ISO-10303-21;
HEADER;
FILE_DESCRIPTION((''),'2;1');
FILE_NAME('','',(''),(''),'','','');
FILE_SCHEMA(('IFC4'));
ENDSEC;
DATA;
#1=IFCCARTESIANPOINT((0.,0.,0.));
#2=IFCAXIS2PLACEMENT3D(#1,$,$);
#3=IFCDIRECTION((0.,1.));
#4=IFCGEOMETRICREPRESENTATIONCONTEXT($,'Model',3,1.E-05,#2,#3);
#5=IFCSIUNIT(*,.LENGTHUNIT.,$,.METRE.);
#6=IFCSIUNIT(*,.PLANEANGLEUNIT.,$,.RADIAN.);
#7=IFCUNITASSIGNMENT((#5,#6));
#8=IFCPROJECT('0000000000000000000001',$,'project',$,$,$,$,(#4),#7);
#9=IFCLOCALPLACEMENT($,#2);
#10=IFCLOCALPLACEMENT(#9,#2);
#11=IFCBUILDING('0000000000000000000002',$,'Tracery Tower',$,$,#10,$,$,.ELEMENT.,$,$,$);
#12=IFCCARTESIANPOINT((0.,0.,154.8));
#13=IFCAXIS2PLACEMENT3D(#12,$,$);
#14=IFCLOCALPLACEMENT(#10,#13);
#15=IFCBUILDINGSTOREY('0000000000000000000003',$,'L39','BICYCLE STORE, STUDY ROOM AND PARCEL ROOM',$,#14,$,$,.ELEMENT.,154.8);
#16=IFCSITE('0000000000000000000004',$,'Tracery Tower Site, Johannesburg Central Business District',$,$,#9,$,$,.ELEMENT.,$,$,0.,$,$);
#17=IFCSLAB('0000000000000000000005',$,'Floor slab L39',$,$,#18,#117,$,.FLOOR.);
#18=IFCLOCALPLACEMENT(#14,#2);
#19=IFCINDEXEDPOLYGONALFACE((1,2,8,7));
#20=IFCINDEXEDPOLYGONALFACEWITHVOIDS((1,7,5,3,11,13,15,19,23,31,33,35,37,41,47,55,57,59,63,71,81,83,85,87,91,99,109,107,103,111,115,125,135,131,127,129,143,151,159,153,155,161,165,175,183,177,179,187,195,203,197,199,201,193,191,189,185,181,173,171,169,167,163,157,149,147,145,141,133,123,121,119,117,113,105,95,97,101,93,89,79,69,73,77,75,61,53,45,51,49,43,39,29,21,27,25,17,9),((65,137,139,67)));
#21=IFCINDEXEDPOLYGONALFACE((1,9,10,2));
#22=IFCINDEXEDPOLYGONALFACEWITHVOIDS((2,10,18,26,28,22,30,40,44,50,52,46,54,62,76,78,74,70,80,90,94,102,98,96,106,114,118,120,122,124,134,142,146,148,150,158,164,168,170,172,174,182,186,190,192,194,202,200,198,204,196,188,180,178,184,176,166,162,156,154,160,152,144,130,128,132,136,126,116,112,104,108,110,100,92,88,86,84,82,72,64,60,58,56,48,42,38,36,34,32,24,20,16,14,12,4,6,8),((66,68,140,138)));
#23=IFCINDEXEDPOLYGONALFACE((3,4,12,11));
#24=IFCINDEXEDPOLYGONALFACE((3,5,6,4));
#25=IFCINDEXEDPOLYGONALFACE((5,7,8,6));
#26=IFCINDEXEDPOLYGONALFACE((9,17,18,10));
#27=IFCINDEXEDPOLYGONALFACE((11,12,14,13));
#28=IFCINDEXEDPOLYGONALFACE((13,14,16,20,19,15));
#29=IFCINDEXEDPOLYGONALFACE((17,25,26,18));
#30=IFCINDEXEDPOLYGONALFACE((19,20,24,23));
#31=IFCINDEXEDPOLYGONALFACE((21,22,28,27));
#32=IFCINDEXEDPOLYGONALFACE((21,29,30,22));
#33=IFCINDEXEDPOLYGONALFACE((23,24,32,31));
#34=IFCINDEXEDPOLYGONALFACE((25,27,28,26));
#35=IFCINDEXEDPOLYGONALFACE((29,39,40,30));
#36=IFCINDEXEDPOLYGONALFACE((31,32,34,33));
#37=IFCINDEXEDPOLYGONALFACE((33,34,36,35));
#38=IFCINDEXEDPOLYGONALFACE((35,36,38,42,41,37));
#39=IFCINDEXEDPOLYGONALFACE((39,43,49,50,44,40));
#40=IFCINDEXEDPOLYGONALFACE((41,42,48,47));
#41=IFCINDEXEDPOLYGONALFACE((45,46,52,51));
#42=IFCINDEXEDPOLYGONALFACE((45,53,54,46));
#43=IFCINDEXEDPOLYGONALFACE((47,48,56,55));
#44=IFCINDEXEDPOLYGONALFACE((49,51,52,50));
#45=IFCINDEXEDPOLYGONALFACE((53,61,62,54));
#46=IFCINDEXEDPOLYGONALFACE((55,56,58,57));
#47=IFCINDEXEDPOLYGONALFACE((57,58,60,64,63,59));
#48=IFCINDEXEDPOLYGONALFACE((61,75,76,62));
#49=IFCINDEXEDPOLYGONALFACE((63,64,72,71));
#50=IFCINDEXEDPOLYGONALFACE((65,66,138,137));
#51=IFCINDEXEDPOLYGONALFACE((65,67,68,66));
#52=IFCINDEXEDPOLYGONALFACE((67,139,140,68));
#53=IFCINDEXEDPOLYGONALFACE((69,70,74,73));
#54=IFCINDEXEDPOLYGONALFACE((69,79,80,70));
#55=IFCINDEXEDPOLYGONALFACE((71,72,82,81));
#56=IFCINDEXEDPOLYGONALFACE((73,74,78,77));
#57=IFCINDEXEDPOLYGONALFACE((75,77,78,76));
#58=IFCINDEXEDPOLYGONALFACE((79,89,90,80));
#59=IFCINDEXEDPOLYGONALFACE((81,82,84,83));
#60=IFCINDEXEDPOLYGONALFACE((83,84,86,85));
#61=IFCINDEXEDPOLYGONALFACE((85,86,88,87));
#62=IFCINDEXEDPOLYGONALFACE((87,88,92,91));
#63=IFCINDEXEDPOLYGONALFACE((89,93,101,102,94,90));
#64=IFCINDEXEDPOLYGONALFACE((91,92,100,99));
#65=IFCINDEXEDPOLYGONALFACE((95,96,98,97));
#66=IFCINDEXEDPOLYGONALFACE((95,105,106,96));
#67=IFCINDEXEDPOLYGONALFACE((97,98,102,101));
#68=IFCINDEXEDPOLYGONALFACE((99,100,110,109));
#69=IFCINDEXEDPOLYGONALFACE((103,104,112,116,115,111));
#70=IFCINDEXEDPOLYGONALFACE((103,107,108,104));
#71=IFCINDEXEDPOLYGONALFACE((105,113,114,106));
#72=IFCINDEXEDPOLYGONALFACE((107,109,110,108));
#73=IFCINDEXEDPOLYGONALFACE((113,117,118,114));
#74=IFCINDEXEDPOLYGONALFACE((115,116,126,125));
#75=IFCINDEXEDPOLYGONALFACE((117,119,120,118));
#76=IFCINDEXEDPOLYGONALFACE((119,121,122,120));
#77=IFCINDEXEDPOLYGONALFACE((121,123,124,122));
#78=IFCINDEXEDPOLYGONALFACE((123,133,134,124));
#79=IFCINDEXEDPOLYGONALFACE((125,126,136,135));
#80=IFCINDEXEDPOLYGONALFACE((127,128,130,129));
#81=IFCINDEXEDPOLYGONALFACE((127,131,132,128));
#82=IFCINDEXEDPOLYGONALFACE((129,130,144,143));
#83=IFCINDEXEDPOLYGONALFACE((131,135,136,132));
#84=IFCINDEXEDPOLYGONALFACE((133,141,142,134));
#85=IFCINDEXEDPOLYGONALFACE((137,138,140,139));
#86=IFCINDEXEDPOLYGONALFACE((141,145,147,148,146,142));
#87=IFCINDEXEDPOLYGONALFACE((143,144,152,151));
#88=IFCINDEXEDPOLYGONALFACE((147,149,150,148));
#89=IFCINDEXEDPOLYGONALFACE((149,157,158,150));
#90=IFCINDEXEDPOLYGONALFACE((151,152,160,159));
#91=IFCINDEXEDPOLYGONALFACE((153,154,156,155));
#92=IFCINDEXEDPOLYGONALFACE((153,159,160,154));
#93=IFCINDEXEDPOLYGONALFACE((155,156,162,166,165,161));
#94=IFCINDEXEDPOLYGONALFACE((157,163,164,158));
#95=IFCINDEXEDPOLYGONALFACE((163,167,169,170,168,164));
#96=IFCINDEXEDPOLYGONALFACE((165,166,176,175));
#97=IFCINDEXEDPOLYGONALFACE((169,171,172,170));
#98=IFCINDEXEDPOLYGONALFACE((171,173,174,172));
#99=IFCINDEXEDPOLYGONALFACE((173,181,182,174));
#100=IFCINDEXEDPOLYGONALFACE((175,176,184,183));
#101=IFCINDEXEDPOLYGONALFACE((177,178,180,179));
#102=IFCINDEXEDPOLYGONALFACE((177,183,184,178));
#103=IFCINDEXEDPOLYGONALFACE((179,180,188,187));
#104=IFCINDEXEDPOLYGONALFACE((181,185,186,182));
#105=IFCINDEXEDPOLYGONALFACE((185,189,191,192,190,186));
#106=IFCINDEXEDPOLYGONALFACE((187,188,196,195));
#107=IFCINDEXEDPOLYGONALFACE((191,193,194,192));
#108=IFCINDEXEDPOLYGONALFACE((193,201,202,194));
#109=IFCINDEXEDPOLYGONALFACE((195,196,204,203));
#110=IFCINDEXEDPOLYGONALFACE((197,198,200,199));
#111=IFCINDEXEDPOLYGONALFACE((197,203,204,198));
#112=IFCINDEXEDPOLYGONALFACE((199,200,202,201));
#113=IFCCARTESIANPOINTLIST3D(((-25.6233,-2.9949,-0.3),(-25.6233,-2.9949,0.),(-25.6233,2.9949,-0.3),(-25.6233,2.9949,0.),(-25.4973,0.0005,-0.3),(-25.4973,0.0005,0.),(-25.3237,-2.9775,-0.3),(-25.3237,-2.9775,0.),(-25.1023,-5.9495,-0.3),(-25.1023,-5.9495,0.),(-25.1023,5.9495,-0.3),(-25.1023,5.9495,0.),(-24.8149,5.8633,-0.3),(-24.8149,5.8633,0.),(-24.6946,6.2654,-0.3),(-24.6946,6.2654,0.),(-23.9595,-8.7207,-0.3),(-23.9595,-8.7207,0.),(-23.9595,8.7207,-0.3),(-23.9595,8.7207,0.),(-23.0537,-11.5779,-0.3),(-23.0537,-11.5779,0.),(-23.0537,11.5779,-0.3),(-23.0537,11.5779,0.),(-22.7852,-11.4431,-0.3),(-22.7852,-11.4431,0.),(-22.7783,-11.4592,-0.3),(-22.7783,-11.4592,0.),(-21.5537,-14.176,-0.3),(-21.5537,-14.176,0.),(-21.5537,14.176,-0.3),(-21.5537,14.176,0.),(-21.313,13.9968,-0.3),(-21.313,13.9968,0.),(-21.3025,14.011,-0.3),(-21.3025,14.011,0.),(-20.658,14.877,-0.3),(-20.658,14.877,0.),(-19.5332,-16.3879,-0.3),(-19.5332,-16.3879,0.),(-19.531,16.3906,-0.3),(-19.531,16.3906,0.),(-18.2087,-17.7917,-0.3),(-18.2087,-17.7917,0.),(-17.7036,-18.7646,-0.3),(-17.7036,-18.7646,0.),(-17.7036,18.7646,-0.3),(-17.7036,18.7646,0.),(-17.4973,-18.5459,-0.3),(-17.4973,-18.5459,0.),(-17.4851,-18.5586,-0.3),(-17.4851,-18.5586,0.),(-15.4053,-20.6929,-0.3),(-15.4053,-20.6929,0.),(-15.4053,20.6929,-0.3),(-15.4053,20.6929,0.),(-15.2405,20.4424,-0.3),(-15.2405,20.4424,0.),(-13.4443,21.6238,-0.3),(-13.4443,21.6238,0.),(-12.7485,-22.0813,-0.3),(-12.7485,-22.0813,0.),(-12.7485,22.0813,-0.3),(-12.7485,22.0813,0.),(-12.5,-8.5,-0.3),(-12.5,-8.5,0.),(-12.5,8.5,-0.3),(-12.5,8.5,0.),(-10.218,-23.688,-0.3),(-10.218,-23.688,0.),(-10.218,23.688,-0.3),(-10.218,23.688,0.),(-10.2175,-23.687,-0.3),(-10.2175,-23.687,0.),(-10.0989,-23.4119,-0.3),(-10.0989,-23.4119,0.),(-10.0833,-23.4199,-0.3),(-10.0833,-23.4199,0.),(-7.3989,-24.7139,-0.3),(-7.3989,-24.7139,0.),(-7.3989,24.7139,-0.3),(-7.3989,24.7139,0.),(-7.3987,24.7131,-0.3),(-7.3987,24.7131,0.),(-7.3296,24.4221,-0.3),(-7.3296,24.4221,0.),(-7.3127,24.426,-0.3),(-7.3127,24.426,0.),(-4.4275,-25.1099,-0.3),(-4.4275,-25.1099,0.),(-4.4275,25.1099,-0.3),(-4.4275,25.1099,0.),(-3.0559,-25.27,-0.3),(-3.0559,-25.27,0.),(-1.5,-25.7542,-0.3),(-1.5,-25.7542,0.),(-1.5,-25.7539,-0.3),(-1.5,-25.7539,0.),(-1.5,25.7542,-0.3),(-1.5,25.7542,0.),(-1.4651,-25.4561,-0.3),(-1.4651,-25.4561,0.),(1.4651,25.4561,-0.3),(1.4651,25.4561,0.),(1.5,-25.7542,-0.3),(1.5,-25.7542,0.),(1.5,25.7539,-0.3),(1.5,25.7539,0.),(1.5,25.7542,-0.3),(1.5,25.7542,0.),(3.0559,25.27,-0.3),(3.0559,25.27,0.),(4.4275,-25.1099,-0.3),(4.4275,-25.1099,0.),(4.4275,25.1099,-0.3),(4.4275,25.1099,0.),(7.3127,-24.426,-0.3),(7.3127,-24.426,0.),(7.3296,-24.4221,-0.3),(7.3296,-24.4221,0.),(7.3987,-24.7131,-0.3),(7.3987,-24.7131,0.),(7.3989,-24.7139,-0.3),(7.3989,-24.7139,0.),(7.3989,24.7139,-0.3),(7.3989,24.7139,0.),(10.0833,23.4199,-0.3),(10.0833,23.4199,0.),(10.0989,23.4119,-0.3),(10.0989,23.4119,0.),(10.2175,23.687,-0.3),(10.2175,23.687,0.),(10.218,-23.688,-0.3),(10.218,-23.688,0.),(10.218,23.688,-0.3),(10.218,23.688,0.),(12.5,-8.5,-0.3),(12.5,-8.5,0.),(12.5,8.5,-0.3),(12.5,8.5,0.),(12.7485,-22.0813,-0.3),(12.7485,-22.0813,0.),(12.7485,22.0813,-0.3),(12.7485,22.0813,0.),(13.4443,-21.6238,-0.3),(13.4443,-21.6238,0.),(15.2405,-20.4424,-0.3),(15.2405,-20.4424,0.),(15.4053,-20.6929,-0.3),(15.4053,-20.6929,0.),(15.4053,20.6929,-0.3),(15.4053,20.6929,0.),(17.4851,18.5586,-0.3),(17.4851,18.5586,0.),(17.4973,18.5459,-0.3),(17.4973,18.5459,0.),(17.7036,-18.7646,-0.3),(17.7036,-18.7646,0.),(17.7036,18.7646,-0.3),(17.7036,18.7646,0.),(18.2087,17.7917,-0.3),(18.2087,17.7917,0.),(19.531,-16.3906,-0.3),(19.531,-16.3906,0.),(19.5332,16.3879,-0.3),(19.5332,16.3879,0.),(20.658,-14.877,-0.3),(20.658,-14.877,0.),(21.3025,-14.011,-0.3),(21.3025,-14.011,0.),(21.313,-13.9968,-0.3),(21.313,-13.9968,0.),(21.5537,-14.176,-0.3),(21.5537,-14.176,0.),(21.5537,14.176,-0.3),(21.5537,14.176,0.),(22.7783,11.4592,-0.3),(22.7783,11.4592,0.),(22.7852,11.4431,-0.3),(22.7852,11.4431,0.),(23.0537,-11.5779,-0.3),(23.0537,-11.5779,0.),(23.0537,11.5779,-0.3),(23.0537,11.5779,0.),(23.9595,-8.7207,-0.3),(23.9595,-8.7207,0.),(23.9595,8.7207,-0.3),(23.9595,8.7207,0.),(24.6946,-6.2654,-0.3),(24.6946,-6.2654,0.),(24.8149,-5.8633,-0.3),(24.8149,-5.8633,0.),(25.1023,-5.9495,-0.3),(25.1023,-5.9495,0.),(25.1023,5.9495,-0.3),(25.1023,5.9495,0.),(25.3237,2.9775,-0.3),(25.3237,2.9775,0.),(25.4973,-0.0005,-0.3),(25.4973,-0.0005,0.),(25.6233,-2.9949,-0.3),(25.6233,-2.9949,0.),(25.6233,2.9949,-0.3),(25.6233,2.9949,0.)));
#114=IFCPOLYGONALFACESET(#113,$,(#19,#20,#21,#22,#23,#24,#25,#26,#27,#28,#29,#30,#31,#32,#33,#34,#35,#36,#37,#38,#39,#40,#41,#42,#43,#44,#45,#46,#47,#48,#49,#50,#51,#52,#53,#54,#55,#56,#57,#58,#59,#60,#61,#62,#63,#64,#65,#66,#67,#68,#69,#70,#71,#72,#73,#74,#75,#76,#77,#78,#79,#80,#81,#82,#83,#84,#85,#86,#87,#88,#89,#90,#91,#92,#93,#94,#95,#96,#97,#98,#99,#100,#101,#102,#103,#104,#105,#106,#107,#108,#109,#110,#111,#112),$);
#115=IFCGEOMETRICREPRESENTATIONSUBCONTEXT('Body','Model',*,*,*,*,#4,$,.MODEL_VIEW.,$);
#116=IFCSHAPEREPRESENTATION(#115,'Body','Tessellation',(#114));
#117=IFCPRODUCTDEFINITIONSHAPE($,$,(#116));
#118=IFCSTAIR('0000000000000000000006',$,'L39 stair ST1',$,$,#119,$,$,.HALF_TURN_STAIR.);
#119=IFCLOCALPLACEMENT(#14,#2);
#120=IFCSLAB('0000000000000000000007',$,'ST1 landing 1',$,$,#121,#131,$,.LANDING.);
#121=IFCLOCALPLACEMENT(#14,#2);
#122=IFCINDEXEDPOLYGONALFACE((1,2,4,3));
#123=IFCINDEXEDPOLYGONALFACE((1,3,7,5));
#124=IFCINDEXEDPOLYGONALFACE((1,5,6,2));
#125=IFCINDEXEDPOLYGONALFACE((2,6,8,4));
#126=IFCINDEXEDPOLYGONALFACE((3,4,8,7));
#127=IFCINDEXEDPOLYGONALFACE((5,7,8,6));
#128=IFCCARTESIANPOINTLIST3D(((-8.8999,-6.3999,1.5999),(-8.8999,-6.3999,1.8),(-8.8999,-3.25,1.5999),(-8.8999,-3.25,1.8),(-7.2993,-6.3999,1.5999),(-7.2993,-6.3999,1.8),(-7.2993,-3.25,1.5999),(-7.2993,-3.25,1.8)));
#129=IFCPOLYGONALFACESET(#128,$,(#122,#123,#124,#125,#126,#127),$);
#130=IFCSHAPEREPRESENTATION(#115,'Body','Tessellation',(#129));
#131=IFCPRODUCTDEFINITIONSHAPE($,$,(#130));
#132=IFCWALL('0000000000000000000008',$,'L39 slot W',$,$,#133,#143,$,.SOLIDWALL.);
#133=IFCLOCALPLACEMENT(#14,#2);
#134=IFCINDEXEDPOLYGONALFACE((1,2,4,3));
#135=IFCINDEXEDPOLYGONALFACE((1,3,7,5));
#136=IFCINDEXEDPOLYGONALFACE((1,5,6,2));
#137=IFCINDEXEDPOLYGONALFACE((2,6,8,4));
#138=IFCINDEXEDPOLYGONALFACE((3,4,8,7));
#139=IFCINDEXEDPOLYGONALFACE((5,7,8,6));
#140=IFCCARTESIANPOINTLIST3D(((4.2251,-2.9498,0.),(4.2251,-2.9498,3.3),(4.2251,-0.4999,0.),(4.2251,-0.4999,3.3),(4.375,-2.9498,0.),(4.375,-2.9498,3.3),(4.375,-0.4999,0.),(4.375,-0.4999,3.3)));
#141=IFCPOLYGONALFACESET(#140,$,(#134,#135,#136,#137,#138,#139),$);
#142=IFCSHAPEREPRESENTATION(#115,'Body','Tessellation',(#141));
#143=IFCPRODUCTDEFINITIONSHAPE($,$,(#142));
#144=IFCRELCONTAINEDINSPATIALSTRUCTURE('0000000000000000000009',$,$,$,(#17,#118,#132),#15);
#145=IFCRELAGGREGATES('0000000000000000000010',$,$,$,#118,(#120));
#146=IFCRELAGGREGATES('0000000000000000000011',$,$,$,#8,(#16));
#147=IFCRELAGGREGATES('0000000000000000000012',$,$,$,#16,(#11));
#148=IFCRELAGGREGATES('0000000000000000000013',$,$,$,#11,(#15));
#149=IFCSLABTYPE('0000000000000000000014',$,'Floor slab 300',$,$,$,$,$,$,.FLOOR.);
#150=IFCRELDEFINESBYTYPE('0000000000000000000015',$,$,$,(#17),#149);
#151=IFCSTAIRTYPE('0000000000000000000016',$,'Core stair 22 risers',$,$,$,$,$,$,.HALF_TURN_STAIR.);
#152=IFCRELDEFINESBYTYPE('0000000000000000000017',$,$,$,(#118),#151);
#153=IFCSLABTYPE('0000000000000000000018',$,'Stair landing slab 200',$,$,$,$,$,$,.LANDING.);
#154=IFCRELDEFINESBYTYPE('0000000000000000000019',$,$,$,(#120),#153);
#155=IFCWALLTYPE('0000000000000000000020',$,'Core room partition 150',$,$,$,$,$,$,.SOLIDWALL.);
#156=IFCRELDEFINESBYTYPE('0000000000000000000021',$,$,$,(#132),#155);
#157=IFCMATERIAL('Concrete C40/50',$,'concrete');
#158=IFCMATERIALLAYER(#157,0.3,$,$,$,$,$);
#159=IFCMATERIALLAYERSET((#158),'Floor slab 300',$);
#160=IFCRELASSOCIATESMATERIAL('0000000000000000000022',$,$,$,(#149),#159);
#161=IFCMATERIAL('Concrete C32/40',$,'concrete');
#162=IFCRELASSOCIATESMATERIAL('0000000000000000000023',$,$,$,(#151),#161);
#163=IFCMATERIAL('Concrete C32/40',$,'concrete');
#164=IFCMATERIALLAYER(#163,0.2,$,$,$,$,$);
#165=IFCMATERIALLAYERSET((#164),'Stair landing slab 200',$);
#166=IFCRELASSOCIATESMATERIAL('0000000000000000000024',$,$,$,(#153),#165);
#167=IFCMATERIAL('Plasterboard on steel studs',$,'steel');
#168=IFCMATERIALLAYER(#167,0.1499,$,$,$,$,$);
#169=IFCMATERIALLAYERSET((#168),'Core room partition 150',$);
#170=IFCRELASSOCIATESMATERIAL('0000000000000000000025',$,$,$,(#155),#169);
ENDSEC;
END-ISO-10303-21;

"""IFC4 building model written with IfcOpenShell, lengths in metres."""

from ifc_helpers import new_model, si_unit, direction, frame, frame_2d, origin, place, context, subcontext, project, spatial, polyline, rectangle, outline, extrude, material, layer, layer_set, type_object, element, aggregate, save


model = new_model("IFC4")

# Units and contexts
model_context = context("Model", 3, precision=1e-05, world=origin(), true_north=direction((0.0, 1.0)))
body_context = subcontext(model_context, "Body", "Model", "MODEL_VIEW")
ifc_project = project(units=[si_unit("LENGTHUNIT", "METRE"), si_unit("PLANEANGLEUNIT", "RADIAN")], contexts=[model_context])

# Site, building, storey
site_placement = place(None, origin())
site = spatial("IfcSite", under=ifc_project, at=site_placement, Name="Tracery Tower Site, Johannesburg Central Business District", CompositionType="ELEMENT", RefElevation=0.0)
building_placement = place(site_placement, origin())
building = spatial("IfcBuilding", under=site, at=building_placement, Name="Tracery Tower", CompositionType="ELEMENT")
storey_placement = place(building_placement, frame((0.0, 0.0, 154.8)))
storey = spatial("IfcBuildingStorey", under=building, at=storey_placement, Name="L39", Description="BICYCLE STORE, STUDY ROOM AND PARCEL ROOM", CompositionType="ELEMENT", Elevation=154.8)

# Slab
ifc_material_1 = material(Name="Concrete C40/50", Category="concrete")
ifc_layer_1 = layer(ifc_material_1, 0.3)
ifc_layer_set_1 = layer_set([ifc_layer_1], Name="Floor slab 300")
slab_type_1 = type_object("IfcSlabType", Name="Floor slab 300", PredefinedType="FLOOR", material=ifc_layer_set_1)
slab_1_placement = place(storey_placement, frame((0.0, 0.0, -0.3)))
element("IfcSlab", 1, at=slab_1_placement, inside=storey, type_object=slab_type_1, Name="Floor slab L39", PredefinedType="FLOOR", context=body_context, shape_type="SweptSolid", body=[
    extrude(outline(polyline([(22.7852, 11.4431), (22.7783, 11.4592), (23.0537, 11.5779), (21.5537, 14.176), (19.5332, 16.3879), (18.2087, 17.7917), (17.4973, 18.5459), (17.4973, 18.5459), (17.4851, 18.5586), (17.7036, 18.7646), (15.4053, 20.6929), (12.7485, 22.0813), (10.0989, 23.4119), (10.0989, 23.4119), (10.0833, 23.4199), (10.2175, 23.687), (10.218, 23.688), (7.3989, 24.7139), (4.4275, 25.1099), (3.0559, 25.27), (1.4651, 25.4561), (1.5, 25.7539), (1.5, 25.7542), (-1.5, 25.7542), (-4.4275, 25.1099), (-7.3127, 24.426), (-7.3127, 24.426), (-7.3296, 24.4221), (-7.3987, 24.7131), (-7.3989, 24.7139), (-10.218, 23.688), (-12.7485, 22.0813), (-13.4443, 21.6238), (-15.2405, 20.4424), (-15.4053, 20.6929), (-15.4053, 20.6929), (-17.7036, 18.7646), (-19.531, 16.3906), (-20.658, 14.877), (-21.3025, 14.011), (-21.3025, 14.011), (-21.313, 13.9968), (-21.5537, 14.176), (-23.0537, 11.5779), (-23.9595, 8.7207), (-24.6946, 6.2654), (-24.8149, 5.8633), (-25.1023, 5.9495), (-25.6233, 2.9949), (-25.4973, 0.0005), (-25.3237, -2.9775), (-25.6233, -2.9949), (-25.1023, -5.9495), (-23.9595, -8.7207), (-22.7852, -11.4431), (-22.7852, -11.4431), (-22.7783, -11.4592), (-23.0537, -11.5779), (-21.5537, -14.176), (-19.5332, -16.3879), (-18.2087, -17.7917), (-17.4973, -18.5459), (-17.4973, -18.5459), (-17.4851, -18.5586), (-17.7036, -18.7646), (-15.4053, -20.6929), (-12.7485, -22.0813), (-10.0989, -23.4119), (-10.0989, -23.4119), (-10.0833, -23.4199), (-10.2175, -23.687), (-10.218, -23.688), (-7.3989, -24.7139), (-4.4275, -25.1099), (-3.0559, -25.27), (-1.4651, -25.4561), (-1.5, -25.7539), (-1.5, -25.7542), (1.5, -25.7542), (4.4275, -25.1099), (7.3127, -24.426), (7.3127, -24.426), (7.3296, -24.4221), (7.3987, -24.7131), (7.3989, -24.7139), (10.218, -23.688), (12.7485, -22.0813), (13.4443, -21.6238), (15.2405, -20.4424), (15.4053, -20.6929), (15.4053, -20.6929), (17.7036, -18.7646), (19.531, -16.3906), (20.658, -14.877), (21.3025, -14.011), (21.3025, -14.011), (21.313, -13.9968), (21.5537, -14.176), (23.0537, -11.5779), (23.9595, -8.7207), (24.6946, -6.2654), (24.8149, -5.8633), (25.1023, -5.9495), (25.6233, -2.9949), (25.4973, -0.0005), (25.3237, 2.9775), (25.6233, 2.9949), (25.1023, 5.9495), (23.9595, 8.7207), (22.7852, 11.4431), (22.7852, 11.4431)]), holes=[polyline([(-12.5, -8.5), (12.5, -8.5), (12.5, 8.5), (-12.5, 8.5), (-12.5, -8.5)])]), origin(), (0.0, 0.0, 1.0), 0.3),
])

# Stair, slab
ifc_material_2 = material(Name="Concrete C32/40", Category="concrete")
stair_type = type_object("IfcStairType", Name="Core stair 22 risers", PredefinedType="HALF_TURN_STAIR", material=ifc_material_2)
stair_1_placement = place(storey_placement, origin())
stair_1 = element("IfcStair", 2, at=stair_1_placement, inside=storey, type_object=stair_type, Name="L39 stair ST1", PredefinedType="HALF_TURN_STAIR")
ifc_material_3 = material(Name="Concrete C32/40", Category="concrete")
ifc_layer_2 = layer(ifc_material_3, 0.2)
ifc_layer_set_2 = layer_set([ifc_layer_2], Name="Stair landing slab 200")
slab_type_2 = type_object("IfcSlabType", Name="Stair landing slab 200", PredefinedType="LANDING", material=ifc_layer_set_2)
slab_2_placement = place(storey_placement, frame((0.0, 0.0, 1.5999)))
slab_2 = element("IfcSlab", 3, at=slab_2_placement, type_object=slab_type_2, Name="ST1 landing 1", PredefinedType="LANDING", context=body_context, shape_type="SweptSolid", body=[
    extrude(outline(polyline([(-7.2993, -3.25), (-8.8999, -3.25), (-8.8999, -6.3999), (-7.2993, -6.3999), (-7.2993, -3.25)])), origin(), (0.0, 0.0, 1.0), 0.2002),
])
aggregate(stair_1, [slab_2])

# Wall
ifc_material_4 = material(Name="Plasterboard on steel studs", Category="steel")
ifc_layer_3 = layer(ifc_material_4, 0.1499)
ifc_layer_set_3 = layer_set([ifc_layer_3], Name="Core room partition 150")
wall_type_1 = type_object("IfcWallType", Name="Core room partition 150", PredefinedType="SOLIDWALL", material=ifc_layer_set_3)
wall_1_placement = place(storey_placement, frame((4.3, -2.95, 0.0), z_axis=(0.0, 0.0, 1.0), x_axis=(0.0, 1.0, 0.0)))
element("IfcWall", 4, at=wall_1_placement, inside=storey, type_object=wall_type_1, Name="L39 slot W", PredefinedType="SOLIDWALL", context=body_context, shape_type="SweptSolid", body=[
    extrude(rectangle(XDim=2.45, YDim=0.1499, at=frame_2d((1.2251, 0.0))), origin(), (0.0, 0.0, 1.0), 3.3),
])

save(model, "model.ifc")
